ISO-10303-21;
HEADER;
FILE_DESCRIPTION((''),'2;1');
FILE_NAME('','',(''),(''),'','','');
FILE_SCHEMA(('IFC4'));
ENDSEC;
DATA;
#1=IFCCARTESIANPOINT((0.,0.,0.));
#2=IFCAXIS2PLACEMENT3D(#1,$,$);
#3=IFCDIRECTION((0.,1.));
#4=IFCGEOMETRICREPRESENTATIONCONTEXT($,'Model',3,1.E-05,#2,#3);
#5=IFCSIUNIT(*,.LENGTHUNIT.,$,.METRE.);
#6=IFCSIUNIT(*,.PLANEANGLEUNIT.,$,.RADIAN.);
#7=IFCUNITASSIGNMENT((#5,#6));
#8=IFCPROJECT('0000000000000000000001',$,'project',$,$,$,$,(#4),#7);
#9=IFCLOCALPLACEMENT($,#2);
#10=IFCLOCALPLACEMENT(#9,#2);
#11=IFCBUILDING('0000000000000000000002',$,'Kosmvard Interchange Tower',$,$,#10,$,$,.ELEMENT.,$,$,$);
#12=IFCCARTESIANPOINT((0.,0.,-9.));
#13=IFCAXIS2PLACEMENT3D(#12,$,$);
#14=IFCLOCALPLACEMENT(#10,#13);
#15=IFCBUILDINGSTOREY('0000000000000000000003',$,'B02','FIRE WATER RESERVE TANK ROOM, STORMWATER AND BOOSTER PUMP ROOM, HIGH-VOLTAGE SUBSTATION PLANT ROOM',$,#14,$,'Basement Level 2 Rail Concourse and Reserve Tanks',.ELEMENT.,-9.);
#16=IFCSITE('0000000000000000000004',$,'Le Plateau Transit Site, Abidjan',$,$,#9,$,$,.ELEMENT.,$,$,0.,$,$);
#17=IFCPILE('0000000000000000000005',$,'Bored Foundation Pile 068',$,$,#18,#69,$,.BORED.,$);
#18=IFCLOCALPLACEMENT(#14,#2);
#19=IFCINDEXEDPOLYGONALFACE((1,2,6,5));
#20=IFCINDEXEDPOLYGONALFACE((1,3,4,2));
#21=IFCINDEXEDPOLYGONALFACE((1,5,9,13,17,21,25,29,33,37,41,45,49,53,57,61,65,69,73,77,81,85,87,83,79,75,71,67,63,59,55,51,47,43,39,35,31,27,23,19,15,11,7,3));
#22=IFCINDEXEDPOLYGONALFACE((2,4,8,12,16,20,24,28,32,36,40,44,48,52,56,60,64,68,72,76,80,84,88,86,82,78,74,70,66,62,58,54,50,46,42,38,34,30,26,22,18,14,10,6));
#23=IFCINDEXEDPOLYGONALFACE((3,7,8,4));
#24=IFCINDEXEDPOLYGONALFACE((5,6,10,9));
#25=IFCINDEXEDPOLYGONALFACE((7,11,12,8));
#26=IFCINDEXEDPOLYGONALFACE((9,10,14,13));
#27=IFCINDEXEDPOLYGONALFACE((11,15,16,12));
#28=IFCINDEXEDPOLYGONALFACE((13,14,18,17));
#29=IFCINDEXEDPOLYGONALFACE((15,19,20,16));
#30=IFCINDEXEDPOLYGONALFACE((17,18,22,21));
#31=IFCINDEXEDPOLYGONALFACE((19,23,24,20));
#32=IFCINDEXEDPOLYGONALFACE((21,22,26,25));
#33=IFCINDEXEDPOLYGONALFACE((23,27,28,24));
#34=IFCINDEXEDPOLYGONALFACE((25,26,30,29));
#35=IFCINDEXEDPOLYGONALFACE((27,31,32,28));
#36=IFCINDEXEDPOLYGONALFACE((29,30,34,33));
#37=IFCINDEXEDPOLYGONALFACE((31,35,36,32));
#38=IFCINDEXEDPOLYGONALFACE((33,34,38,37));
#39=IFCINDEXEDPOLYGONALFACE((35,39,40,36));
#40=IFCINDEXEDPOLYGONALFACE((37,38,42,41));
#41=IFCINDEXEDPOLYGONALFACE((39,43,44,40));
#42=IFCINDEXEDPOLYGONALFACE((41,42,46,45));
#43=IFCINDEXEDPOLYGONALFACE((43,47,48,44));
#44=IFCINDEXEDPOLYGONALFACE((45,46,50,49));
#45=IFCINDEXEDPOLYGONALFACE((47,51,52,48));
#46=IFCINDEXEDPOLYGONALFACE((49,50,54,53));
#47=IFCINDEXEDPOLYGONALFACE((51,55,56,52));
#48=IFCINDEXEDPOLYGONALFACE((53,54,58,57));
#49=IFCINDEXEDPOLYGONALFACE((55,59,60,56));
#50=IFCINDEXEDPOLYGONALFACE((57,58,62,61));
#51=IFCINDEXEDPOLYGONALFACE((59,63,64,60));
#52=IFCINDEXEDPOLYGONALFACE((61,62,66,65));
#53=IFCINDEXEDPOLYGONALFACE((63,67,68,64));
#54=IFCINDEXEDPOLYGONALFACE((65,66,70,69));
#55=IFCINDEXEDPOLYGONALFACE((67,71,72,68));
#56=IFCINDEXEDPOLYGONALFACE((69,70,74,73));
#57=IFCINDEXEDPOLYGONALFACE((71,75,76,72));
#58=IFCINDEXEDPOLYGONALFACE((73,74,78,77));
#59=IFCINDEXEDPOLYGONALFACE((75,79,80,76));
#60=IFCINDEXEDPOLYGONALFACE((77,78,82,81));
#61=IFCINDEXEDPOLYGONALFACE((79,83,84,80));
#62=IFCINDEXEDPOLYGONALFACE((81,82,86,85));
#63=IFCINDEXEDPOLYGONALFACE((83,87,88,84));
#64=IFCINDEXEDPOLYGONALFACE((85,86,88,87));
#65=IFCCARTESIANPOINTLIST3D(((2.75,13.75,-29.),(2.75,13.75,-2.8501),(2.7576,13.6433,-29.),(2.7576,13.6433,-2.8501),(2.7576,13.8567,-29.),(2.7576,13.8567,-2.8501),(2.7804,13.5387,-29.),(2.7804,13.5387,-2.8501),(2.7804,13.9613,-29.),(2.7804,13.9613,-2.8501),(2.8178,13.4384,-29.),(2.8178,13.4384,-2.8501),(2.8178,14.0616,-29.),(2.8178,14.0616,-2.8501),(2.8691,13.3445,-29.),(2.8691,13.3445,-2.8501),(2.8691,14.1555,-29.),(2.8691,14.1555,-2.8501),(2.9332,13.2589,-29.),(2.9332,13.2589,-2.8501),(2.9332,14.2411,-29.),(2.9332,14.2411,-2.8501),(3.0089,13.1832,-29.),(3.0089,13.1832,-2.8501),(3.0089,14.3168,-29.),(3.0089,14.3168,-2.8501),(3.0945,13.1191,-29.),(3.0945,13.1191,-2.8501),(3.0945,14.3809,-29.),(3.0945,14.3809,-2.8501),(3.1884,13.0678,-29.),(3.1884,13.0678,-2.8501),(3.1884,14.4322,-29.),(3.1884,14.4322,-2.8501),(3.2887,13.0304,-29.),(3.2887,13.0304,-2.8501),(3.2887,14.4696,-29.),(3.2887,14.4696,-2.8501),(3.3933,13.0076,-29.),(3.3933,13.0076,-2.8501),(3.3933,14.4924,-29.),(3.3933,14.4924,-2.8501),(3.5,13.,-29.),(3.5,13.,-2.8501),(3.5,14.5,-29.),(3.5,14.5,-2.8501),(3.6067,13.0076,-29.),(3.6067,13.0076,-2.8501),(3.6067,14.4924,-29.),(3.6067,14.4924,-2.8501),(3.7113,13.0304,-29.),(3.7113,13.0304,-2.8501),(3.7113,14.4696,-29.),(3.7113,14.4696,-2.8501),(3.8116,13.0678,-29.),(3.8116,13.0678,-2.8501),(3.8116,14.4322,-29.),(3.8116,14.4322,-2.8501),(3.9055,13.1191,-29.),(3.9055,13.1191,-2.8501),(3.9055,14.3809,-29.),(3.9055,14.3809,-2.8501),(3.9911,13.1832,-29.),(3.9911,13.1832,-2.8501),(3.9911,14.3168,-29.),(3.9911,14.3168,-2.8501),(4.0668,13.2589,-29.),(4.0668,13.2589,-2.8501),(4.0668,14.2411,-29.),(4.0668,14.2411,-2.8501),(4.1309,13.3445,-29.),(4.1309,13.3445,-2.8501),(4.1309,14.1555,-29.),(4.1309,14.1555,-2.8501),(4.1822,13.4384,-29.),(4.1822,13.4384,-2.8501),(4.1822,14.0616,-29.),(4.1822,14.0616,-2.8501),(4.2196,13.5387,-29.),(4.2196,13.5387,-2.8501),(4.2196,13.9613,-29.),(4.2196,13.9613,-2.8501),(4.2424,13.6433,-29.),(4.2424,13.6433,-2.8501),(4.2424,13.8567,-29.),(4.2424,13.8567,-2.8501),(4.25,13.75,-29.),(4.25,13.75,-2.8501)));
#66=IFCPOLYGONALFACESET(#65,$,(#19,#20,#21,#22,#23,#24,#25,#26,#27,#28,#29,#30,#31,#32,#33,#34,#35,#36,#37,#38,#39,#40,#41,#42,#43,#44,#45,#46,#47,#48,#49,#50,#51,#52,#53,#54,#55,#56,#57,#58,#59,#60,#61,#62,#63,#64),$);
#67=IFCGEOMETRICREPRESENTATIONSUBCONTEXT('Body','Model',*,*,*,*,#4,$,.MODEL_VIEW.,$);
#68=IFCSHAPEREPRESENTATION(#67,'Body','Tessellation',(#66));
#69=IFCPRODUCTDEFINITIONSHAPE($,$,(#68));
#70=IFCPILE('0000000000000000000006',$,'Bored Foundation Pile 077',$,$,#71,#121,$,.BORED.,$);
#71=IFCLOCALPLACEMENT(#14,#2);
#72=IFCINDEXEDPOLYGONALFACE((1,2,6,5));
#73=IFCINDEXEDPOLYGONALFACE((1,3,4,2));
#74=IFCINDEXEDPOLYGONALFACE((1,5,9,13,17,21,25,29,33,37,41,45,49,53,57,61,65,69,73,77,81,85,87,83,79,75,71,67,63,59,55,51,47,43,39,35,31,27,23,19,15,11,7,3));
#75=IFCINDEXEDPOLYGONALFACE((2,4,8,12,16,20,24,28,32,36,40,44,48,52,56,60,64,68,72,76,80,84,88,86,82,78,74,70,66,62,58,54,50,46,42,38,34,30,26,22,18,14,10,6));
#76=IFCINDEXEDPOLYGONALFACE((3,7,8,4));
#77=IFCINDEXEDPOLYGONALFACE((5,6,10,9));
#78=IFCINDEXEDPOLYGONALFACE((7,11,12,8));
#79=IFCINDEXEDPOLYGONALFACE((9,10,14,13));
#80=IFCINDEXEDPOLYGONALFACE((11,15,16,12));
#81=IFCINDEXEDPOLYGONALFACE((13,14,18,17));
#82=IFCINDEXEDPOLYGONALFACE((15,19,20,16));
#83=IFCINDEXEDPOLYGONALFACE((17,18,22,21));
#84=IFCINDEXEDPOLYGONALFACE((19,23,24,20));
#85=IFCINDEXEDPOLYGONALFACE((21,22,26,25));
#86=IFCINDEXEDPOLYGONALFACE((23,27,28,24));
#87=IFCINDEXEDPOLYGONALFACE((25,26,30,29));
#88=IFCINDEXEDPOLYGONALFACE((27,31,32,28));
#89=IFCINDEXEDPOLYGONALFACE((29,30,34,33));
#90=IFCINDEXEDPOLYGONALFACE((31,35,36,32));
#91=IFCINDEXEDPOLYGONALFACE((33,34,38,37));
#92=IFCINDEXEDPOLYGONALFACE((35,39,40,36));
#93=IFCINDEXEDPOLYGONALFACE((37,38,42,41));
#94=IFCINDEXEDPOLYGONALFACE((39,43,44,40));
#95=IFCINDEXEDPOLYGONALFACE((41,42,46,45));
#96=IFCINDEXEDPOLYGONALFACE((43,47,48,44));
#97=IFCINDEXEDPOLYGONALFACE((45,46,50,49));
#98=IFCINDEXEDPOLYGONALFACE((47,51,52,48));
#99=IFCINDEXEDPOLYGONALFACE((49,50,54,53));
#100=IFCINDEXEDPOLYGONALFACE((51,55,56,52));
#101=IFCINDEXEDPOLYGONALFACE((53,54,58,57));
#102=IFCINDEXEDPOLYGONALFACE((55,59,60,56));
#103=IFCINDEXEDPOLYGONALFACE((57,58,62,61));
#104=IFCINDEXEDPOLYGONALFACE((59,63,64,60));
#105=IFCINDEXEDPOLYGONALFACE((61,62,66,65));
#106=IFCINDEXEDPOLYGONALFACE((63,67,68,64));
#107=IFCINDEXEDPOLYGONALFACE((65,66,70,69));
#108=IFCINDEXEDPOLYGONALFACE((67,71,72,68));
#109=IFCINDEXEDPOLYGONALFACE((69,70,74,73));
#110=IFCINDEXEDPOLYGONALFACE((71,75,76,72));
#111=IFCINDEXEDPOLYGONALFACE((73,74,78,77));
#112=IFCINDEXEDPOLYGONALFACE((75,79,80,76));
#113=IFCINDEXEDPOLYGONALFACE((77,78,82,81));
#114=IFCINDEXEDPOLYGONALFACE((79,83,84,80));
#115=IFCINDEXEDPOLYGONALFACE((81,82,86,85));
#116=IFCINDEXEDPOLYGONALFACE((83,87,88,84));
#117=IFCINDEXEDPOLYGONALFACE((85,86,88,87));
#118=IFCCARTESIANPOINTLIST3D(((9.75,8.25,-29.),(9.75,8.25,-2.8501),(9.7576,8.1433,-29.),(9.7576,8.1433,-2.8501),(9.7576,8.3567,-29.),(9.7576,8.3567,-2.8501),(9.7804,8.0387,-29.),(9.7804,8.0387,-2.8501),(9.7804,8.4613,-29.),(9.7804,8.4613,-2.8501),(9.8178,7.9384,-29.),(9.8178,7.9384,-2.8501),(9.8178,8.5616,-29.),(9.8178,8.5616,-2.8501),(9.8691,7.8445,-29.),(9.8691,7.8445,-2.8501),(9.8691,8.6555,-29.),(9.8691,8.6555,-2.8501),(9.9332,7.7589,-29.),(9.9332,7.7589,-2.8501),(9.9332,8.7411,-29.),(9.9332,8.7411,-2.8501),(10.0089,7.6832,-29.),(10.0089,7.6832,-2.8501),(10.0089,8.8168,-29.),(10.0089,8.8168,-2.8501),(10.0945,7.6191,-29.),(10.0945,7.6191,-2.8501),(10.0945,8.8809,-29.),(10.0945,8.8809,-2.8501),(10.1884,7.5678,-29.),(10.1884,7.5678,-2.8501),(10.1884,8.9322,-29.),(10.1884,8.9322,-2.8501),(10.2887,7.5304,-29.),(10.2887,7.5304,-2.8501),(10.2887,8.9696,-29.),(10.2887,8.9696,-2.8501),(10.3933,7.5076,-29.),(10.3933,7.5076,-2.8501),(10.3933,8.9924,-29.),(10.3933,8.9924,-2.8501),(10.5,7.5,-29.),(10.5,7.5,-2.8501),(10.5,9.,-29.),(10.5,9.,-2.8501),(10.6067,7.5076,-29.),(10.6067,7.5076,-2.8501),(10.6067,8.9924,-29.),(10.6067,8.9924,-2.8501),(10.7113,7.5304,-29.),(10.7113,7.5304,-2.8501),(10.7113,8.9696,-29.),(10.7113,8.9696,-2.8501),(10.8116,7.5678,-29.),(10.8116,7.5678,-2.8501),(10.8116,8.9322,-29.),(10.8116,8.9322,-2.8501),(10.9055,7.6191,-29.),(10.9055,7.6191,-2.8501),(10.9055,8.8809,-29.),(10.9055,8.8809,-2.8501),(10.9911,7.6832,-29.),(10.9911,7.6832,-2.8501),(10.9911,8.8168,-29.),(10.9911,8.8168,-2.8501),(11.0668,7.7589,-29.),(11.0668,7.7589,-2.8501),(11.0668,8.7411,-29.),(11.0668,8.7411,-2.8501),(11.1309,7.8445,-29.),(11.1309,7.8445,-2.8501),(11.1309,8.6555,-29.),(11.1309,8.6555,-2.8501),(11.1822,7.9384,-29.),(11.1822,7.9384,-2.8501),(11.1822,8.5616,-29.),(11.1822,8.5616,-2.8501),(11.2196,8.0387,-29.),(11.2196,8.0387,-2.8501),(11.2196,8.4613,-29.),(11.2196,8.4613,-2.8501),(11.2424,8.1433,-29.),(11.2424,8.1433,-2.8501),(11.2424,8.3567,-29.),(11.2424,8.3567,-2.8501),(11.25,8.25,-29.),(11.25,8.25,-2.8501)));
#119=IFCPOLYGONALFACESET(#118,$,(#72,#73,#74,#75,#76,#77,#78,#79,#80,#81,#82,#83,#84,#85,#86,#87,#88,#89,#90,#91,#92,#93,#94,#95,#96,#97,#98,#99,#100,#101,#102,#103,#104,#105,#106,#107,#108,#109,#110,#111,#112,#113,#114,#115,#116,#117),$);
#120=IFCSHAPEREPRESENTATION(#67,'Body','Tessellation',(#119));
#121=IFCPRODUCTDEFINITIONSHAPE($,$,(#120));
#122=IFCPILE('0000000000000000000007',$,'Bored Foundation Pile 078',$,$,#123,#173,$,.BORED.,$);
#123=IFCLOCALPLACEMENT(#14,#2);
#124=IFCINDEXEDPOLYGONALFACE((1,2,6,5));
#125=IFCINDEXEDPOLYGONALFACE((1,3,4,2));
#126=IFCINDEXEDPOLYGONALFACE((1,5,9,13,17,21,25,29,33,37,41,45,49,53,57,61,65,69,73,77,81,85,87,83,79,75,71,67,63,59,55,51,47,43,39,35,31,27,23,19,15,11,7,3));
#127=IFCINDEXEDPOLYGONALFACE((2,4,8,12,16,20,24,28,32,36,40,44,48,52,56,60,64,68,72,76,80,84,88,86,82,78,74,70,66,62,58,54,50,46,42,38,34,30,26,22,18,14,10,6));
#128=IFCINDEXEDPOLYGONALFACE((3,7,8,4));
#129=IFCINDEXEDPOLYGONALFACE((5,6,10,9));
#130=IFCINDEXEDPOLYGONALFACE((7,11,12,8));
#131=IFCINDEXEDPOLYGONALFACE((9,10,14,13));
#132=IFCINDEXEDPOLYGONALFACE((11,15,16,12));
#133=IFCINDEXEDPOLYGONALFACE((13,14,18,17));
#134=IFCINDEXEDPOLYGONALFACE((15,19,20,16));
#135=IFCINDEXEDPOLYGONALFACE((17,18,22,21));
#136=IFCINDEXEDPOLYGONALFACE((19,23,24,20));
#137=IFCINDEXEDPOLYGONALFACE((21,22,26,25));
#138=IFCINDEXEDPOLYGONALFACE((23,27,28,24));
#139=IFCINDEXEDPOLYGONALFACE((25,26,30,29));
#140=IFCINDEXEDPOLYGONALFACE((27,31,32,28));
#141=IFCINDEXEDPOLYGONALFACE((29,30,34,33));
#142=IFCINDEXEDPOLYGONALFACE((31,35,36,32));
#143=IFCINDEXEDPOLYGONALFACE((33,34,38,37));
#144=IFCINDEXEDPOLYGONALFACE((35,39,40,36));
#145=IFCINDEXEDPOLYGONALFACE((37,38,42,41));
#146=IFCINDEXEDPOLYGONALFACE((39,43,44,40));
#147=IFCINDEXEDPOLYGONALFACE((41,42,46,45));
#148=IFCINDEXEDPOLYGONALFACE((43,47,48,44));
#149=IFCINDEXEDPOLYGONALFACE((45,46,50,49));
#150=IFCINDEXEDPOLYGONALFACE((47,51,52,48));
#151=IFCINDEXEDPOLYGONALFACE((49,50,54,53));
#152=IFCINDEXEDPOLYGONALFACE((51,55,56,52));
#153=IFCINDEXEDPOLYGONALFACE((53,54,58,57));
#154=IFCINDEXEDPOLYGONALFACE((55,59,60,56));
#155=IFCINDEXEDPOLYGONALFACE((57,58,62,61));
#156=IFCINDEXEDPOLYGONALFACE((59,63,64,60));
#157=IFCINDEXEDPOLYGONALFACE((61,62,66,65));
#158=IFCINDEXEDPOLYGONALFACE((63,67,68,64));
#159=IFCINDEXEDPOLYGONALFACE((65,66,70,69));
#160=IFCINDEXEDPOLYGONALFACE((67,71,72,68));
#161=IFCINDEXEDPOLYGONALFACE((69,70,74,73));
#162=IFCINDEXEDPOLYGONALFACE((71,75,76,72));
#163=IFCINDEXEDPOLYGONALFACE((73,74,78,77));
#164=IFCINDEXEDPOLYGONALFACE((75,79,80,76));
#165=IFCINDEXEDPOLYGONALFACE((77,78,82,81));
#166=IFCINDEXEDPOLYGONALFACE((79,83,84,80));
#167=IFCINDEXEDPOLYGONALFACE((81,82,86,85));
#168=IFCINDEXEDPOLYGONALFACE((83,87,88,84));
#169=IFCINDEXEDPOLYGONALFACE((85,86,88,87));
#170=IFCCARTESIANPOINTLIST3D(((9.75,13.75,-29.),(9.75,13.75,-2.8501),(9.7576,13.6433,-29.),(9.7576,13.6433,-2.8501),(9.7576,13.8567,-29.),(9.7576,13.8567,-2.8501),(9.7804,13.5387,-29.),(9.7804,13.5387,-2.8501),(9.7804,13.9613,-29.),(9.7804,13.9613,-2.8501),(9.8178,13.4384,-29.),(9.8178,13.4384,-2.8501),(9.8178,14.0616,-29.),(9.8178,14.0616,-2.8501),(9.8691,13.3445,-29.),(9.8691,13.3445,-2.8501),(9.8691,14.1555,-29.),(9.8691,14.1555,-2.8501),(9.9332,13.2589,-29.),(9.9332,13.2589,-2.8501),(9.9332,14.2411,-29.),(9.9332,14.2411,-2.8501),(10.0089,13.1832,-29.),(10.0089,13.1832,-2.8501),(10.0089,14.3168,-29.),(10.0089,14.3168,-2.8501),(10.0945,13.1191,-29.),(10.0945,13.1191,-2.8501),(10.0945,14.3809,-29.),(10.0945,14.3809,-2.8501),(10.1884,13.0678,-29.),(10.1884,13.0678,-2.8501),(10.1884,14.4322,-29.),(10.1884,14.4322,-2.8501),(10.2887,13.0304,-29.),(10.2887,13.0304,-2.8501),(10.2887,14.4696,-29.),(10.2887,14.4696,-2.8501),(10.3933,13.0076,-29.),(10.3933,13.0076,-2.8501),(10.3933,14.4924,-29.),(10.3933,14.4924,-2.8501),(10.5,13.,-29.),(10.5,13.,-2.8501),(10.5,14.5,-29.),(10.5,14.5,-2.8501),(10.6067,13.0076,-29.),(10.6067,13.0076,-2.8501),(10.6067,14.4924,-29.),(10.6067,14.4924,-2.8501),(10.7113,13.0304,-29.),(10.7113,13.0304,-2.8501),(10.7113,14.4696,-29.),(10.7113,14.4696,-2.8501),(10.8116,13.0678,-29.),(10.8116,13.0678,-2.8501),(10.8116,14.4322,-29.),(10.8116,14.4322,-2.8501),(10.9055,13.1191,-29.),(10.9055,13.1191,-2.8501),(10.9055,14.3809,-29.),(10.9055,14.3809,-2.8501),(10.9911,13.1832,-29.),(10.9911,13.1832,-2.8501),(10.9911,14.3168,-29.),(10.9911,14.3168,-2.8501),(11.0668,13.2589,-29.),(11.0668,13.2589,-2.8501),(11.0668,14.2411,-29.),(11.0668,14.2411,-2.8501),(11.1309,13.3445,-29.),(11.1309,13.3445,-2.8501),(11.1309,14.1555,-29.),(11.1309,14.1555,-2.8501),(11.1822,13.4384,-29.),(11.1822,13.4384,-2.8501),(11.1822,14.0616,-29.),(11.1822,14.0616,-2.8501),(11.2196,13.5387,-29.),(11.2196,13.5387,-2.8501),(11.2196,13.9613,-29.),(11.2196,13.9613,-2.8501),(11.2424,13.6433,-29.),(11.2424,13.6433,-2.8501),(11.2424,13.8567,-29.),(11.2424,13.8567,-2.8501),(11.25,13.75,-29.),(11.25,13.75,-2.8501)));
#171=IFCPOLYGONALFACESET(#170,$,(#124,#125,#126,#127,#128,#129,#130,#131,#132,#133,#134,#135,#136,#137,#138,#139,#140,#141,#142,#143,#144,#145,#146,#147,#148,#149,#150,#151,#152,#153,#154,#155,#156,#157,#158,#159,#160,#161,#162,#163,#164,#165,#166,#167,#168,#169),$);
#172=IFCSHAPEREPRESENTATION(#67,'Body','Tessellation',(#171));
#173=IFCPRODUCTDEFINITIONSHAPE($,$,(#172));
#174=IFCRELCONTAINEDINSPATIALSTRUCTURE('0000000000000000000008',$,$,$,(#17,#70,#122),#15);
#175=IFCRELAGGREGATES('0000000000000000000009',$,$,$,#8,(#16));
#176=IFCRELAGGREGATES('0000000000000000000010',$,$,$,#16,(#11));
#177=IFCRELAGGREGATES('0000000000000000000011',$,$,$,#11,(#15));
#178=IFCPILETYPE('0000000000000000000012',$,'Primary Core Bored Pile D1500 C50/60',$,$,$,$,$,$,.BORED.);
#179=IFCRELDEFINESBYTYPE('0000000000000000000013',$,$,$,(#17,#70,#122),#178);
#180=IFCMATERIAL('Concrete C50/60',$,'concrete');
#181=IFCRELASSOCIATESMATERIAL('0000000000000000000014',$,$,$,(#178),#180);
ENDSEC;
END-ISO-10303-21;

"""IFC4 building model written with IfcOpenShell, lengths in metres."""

from ifc_helpers import new_model, si_unit, direction, frame, origin, origin_2d, place, context, subcontext, project, spatial, circle, extrude, source, transform, mapped, material, material_profile, profile_set, type_object, element, save


model = new_model("IFC4")

# Units and contexts
model_context = context("Model", 3, precision=1e-05, world=origin(), true_north=direction((0.0, 1.0)))
body_context = subcontext(model_context, "Body", "Model", "MODEL_VIEW")
ifc_project = project(units=[si_unit("LENGTHUNIT", "METRE"), si_unit("PLANEANGLEUNIT", "RADIAN")], contexts=[model_context])

# Site, building, storey
site_placement = place(None, origin())
site = spatial("IfcSite", under=ifc_project, at=site_placement, Name="Le Plateau Transit Site, Abidjan", CompositionType="ELEMENT", RefElevation=0.0)
building_placement = place(site_placement, origin())
building = spatial("IfcBuilding", under=site, at=building_placement, Name="Kosmvard Interchange Tower", CompositionType="ELEMENT")
storey_placement = place(building_placement, frame((0.0, 0.0, -9.0)))
storey = spatial("IfcBuildingStorey", under=building, at=storey_placement, Name="B02", Description="FIRE WATER RESERVE TANK ROOM, STORMWATER AND BOOSTER PUMP ROOM, HIGH-VOLTAGE SUBSTATION PLANT ROOM", LongName="Basement Level 2 Rail Concourse and Reserve Tanks", CompositionType="ELEMENT", Elevation=-9.0)

# Piles
ifc_material_1 = material(Name="Concrete C50/60", Category="concrete")
ifc_material_profile_1 = material_profile(ifc_material_1, circle(Radius=0.75, at=origin_2d()), Name="PILE D1500")
ifc_profile_set_1 = profile_set([ifc_material_profile_1], Name="Concrete C50/60")
pile_type_1 = type_object("IfcPileType", Name="Primary Core Bored Pile D1500 C50/60", PredefinedType="BORED", material=ifc_profile_set_1)
shared_shape_1 = source(origin(), body_context, "Body", "SweptSolid", [
    extrude(circle(Radius=0.75, at=origin_2d()), origin(), (0.0, 0.0, 1.0), 26.1499),
])
for number, where, z_axis, x_axis, name in (
    (1, (3.5, 13.75, -2.8501), (0.0, 0.0, -1.0), (1.0, 0.0, 0.0), "Bored Foundation Pile 068"),
    (2, (10.5, 8.25, -2.8501), (0.0, 0.0, -1.0), (1.0, 0.0, 0.0), "Bored Foundation Pile 077"),
    (3, (10.5, 13.75, -2.8501), (0.0, 0.0, -1.0), (1.0, 0.0, 0.0), "Bored Foundation Pile 078"),
):
    element("IfcPile", number, at=place(storey_placement, frame(where, z_axis=z_axis, x_axis=x_axis)), inside=storey, type_object=pile_type_1, Name=name, PredefinedType="BORED", context=body_context, shape_type="MappedRepresentation", body=[
        mapped(shared_shape_1, transform((0.0, 0.0, 0.0), scale=1.0)),
    ])

save(model, "model.ifc")
